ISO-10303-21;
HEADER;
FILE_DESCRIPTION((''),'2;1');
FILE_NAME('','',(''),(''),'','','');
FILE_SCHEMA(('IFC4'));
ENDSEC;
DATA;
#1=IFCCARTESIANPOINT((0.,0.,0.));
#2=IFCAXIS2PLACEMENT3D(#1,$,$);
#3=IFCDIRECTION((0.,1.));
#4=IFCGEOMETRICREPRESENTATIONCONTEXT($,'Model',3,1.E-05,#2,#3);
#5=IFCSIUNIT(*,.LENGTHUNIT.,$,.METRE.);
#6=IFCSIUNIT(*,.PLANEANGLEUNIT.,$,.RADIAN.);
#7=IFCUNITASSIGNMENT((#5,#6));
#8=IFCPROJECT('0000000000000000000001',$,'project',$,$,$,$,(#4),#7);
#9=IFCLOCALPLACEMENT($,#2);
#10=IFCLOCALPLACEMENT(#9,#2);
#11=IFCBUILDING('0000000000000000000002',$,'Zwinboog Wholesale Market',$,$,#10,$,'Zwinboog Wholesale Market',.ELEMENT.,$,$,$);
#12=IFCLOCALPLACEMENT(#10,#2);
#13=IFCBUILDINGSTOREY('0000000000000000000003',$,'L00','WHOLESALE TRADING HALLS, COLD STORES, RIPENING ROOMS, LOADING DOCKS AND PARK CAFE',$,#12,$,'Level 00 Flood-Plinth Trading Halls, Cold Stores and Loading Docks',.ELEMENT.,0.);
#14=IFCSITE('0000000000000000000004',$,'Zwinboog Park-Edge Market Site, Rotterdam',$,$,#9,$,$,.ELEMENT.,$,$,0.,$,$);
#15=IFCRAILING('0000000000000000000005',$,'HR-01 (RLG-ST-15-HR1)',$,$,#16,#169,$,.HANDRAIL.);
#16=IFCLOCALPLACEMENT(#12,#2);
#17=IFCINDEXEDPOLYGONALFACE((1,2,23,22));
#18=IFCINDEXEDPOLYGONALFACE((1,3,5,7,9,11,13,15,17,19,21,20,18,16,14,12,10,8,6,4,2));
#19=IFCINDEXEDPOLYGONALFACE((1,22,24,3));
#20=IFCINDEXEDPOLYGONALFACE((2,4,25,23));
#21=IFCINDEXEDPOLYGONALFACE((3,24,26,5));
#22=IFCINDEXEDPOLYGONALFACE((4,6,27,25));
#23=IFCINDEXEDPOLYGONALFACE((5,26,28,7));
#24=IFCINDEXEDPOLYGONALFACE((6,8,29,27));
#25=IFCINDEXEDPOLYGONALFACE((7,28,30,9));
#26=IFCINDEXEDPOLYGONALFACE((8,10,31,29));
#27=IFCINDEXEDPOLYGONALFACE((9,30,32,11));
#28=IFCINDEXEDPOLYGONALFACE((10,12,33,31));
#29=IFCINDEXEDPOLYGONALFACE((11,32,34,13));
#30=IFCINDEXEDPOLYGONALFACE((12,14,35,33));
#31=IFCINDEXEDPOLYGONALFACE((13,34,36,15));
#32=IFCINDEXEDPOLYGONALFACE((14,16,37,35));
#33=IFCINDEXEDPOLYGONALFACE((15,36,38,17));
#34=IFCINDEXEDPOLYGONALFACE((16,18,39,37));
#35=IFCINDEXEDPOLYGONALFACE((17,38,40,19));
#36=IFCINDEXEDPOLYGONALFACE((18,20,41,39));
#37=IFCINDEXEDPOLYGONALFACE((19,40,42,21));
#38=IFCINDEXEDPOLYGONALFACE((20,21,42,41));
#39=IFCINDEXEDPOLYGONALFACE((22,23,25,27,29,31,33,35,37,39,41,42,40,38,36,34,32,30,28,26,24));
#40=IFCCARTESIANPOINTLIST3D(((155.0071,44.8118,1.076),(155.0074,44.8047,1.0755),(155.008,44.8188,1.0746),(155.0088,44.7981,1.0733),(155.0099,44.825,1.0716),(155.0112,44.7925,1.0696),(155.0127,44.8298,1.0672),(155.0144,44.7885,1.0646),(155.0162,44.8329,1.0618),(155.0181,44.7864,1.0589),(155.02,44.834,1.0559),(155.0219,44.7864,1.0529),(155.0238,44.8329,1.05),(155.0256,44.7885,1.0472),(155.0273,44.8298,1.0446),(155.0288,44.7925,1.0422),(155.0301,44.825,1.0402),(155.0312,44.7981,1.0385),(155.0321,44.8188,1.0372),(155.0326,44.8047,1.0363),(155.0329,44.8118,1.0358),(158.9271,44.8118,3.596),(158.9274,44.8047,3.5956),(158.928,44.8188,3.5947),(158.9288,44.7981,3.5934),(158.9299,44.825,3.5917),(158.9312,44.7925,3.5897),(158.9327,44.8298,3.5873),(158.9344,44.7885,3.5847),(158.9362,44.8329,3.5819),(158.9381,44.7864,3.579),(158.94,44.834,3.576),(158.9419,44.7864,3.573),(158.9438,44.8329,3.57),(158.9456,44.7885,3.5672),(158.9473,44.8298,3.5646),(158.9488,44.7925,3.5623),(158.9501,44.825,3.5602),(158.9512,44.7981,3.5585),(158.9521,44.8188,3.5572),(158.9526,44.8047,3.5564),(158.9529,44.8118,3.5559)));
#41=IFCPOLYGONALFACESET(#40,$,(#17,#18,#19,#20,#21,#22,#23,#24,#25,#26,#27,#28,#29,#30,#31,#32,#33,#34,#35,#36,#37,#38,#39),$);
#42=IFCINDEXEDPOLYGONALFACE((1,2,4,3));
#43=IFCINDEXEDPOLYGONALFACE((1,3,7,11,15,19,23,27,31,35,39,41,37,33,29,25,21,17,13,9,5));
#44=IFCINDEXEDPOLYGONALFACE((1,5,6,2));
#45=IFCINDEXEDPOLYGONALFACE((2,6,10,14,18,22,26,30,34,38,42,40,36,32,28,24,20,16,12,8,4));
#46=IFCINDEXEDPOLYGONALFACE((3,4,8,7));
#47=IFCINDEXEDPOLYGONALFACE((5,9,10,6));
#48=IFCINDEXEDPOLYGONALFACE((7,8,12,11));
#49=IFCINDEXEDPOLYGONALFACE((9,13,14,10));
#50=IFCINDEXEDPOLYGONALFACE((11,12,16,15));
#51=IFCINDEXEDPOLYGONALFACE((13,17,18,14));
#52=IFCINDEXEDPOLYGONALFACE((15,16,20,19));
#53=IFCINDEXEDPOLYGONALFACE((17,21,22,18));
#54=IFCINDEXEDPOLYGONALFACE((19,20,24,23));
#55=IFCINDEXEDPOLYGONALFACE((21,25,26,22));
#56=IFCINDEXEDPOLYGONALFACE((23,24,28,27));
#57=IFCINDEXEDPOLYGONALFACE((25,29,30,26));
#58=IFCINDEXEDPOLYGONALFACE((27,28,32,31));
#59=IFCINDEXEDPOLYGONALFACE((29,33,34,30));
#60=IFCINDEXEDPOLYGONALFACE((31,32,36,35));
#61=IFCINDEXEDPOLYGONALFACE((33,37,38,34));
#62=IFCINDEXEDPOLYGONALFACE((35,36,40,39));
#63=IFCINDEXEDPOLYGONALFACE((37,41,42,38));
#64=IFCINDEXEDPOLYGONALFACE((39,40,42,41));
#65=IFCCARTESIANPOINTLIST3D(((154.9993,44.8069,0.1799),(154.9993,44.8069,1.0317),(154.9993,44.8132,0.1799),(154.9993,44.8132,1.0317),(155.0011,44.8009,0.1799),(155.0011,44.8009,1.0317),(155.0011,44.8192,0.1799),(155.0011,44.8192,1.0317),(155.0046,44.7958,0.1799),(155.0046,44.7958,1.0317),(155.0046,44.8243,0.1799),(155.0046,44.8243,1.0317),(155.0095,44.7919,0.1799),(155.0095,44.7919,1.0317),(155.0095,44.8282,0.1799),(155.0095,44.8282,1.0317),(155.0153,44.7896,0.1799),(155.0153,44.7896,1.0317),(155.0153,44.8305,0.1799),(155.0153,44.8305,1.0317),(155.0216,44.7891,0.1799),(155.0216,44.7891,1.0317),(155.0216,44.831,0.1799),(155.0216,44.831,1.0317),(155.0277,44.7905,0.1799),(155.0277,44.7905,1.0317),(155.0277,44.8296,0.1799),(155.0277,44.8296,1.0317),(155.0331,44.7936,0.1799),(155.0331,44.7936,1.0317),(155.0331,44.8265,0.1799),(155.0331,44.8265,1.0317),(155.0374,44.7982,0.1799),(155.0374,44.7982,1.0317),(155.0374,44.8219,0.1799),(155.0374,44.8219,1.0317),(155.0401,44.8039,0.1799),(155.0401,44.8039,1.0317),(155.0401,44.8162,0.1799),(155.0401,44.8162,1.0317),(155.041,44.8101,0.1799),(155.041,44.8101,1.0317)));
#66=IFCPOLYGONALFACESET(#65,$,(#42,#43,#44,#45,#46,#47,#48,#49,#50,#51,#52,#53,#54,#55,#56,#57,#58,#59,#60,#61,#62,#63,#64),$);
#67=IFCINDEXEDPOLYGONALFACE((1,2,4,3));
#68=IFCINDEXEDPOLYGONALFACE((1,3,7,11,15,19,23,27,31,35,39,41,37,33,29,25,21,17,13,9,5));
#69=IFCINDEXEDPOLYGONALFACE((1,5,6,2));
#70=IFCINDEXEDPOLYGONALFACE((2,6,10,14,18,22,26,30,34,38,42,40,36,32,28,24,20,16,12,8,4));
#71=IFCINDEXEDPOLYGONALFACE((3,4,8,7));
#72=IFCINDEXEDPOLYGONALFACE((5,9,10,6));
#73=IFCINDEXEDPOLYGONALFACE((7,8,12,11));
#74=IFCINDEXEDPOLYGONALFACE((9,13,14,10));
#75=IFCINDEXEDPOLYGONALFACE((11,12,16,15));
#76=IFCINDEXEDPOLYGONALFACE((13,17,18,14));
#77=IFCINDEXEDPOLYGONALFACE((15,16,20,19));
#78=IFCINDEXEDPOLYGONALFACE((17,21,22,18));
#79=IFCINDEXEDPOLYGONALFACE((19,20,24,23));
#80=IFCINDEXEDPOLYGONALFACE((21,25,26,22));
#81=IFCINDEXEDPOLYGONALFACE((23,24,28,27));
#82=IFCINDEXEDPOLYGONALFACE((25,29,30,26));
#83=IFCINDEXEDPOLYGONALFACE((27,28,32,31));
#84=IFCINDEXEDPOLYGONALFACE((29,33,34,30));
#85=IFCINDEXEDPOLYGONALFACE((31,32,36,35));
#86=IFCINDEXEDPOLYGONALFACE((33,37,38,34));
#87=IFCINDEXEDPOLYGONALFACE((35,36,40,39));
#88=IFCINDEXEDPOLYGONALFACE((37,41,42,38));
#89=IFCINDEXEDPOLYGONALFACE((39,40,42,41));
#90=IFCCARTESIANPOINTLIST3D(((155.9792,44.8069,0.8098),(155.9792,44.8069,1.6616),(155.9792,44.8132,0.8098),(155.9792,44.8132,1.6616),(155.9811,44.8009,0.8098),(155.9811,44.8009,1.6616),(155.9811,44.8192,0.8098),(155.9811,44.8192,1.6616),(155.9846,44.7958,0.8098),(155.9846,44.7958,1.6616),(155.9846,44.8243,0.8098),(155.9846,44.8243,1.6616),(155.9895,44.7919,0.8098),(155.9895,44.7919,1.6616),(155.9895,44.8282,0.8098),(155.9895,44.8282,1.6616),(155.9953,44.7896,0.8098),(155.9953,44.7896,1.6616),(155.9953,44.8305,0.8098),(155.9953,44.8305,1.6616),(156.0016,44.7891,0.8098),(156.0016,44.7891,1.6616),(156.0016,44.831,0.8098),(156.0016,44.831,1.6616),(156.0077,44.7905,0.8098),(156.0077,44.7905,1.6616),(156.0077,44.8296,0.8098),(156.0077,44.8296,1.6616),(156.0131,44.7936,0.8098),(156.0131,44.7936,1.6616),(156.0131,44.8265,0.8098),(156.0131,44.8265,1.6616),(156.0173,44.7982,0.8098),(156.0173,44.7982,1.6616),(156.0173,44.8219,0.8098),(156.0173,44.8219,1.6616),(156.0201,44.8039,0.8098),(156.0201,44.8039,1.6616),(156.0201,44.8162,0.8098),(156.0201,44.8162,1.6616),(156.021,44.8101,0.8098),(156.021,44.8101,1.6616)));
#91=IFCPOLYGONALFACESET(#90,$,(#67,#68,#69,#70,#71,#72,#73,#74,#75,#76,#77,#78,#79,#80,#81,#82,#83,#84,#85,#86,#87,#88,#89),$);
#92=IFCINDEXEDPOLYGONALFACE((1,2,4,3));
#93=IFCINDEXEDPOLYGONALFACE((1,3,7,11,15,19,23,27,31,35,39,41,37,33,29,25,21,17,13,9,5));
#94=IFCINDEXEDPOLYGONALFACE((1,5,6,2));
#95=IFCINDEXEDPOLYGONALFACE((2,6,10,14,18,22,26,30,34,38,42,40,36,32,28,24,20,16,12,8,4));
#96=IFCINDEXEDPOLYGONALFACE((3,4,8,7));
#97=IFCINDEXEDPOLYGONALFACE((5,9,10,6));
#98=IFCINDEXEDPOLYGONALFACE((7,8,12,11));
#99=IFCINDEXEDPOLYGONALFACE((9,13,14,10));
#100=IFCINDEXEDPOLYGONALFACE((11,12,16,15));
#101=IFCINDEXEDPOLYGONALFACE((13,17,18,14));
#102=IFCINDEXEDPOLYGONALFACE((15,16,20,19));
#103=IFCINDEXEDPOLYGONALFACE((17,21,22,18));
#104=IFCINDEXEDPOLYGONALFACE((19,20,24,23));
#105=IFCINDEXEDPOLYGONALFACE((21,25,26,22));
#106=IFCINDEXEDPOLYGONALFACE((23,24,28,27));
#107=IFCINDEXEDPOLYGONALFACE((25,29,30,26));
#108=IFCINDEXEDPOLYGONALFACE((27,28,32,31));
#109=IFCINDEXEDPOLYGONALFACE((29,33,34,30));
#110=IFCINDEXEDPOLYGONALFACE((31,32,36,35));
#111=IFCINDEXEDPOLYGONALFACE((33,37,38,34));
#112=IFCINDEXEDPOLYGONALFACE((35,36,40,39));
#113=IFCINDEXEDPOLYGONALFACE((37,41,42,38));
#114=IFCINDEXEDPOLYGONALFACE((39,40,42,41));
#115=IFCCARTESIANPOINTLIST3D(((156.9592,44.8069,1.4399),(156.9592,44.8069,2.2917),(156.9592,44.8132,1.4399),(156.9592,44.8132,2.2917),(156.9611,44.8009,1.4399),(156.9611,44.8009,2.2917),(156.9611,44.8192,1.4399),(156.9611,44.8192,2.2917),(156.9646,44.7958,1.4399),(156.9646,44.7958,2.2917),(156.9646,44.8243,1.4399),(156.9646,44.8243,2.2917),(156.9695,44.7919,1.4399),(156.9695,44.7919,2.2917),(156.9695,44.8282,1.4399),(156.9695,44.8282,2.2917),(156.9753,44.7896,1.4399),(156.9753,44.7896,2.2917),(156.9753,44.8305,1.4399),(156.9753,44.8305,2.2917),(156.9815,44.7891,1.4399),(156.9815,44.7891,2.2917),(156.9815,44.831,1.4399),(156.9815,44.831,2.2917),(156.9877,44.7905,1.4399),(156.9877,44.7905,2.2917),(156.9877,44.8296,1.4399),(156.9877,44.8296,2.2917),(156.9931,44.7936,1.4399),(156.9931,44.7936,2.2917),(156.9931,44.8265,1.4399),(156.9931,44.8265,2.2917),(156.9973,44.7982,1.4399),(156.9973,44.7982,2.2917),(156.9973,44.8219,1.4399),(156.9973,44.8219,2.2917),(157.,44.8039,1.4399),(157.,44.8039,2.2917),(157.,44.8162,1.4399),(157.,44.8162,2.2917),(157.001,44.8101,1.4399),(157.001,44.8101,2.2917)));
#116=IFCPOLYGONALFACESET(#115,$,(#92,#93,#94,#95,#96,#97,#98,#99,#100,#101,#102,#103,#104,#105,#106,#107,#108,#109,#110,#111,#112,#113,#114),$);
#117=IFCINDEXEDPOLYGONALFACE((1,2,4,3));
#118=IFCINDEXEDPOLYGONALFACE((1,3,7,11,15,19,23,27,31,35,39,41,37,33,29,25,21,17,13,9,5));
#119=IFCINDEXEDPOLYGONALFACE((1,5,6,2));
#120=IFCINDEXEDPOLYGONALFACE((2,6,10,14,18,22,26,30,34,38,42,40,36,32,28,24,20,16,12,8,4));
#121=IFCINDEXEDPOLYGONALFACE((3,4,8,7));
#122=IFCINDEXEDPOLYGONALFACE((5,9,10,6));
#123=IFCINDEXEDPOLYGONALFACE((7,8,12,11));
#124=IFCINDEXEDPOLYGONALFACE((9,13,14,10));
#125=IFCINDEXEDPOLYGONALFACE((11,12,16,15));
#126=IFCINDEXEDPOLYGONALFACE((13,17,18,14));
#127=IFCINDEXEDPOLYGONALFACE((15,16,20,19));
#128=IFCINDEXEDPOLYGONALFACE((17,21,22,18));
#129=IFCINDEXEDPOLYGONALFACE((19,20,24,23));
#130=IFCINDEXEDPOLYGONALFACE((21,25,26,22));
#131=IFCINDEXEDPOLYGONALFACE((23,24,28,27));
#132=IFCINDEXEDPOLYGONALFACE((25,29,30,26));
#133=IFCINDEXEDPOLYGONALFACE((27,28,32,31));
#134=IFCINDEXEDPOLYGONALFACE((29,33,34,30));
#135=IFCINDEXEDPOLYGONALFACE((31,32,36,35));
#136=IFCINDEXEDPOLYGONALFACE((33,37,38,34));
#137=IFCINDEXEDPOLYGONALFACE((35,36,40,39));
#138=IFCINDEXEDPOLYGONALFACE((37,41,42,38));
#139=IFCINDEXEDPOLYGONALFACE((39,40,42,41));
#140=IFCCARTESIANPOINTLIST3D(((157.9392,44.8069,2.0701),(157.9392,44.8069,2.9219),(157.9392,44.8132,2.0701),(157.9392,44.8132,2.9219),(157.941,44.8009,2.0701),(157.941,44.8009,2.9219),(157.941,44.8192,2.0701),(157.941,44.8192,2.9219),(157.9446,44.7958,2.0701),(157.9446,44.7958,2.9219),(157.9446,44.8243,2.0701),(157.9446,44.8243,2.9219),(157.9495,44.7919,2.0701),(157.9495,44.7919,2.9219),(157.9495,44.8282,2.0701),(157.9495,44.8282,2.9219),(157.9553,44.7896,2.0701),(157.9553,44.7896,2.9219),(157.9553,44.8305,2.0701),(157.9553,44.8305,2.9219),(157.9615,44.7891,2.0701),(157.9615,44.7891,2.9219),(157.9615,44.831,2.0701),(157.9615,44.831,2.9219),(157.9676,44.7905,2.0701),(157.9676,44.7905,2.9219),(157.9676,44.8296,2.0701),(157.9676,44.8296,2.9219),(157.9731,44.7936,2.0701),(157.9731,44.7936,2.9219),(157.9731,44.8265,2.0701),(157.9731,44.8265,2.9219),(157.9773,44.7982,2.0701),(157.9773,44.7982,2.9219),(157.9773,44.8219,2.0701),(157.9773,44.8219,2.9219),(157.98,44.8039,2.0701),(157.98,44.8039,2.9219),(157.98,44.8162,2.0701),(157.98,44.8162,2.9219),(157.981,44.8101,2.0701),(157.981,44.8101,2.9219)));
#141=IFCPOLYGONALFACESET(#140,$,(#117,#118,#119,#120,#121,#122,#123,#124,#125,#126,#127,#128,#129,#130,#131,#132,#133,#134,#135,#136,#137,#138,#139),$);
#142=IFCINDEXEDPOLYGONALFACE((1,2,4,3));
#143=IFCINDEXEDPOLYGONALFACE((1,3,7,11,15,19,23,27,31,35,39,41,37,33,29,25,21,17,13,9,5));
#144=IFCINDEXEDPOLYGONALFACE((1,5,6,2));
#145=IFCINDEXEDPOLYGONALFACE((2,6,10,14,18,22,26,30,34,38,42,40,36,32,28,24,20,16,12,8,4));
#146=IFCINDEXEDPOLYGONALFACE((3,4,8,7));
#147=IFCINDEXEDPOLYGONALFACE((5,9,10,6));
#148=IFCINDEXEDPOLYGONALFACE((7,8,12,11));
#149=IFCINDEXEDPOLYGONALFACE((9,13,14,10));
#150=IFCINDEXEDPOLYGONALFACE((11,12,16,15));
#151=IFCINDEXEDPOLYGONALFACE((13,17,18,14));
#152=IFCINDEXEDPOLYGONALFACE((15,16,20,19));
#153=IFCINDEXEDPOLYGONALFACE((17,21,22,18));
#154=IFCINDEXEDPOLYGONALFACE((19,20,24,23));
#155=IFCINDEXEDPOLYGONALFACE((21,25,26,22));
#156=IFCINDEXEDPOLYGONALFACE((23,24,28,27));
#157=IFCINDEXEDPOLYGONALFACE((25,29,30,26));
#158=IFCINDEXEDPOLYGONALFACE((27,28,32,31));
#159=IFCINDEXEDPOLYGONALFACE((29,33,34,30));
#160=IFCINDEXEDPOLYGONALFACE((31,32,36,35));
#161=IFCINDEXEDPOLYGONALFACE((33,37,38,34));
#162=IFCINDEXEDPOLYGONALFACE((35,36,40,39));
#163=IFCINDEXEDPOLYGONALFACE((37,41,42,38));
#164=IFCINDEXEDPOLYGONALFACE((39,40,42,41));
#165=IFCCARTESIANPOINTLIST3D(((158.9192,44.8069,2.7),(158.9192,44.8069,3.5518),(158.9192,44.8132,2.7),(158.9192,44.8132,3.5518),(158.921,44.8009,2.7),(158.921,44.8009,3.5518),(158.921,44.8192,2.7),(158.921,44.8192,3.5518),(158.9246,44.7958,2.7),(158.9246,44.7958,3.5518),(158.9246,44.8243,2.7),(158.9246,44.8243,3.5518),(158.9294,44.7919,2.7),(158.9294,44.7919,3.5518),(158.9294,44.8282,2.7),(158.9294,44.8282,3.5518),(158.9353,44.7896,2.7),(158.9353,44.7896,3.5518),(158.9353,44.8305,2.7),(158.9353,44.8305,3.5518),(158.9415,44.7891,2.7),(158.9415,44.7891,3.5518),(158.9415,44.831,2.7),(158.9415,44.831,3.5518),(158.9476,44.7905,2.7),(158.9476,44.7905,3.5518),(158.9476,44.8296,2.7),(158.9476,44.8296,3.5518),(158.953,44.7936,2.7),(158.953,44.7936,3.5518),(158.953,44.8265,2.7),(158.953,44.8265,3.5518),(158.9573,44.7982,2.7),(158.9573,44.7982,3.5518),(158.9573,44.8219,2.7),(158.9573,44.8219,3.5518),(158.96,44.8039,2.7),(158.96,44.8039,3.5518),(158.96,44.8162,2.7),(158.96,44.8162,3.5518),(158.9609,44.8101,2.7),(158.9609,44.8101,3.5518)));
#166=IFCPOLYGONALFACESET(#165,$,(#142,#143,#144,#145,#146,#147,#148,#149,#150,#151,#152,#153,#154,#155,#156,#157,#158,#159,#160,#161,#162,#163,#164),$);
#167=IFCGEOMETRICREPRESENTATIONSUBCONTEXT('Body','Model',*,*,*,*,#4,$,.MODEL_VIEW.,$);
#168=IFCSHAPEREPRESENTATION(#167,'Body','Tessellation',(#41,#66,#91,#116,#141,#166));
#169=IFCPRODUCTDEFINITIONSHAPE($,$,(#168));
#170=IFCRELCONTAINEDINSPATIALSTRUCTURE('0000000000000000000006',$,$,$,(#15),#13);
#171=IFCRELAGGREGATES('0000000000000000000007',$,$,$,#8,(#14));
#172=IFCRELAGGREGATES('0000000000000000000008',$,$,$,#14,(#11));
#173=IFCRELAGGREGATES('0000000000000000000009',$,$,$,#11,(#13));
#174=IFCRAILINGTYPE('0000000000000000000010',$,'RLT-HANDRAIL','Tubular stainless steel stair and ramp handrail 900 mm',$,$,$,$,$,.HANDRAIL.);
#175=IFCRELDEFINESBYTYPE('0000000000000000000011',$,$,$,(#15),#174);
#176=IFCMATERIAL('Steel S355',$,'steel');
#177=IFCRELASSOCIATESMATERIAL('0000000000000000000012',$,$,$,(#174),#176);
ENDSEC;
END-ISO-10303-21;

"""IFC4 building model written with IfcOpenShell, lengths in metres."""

from ifc_helpers import new_model, si_unit, direction, frame, origin, origin_2d, place, context, subcontext, project, spatial, circle, extrude, material, type_object, element, save


model = new_model("IFC4")

# Units and contexts
model_context = context("Model", 3, precision=1e-05, world=origin(), true_north=direction((0.0, 1.0)))
body_context = subcontext(model_context, "Body", "Model", "MODEL_VIEW")
ifc_project = project(units=[si_unit("LENGTHUNIT", "METRE"), si_unit("PLANEANGLEUNIT", "RADIAN")], contexts=[model_context])

# Site, building, storey
site_placement = place(None, origin())
site = spatial("IfcSite", under=ifc_project, at=site_placement, Name="Zwinboog Park-Edge Market Site, Rotterdam", CompositionType="ELEMENT", RefElevation=0.0)
building_placement = place(site_placement, origin())
building = spatial("IfcBuilding", under=site, at=building_placement, Name="Zwinboog Wholesale Market", LongName="Zwinboog Wholesale Market", CompositionType="ELEMENT")
storey_placement = place(building_placement, origin())
storey = spatial("IfcBuildingStorey", under=building, at=storey_placement, Name="L00", Description="WHOLESALE TRADING HALLS, COLD STORES, RIPENING ROOMS, LOADING DOCKS AND PARK CAFE", LongName="Level 00 Flood-Plinth Trading Halls, Cold Stores and Loading Docks", CompositionType="ELEMENT", Elevation=0.0)

# Railing
ifc_material_1 = material(Name="Steel S355", Category="steel")
railing_type_1 = type_object("IfcRailingType", Name="RLT-HANDRAIL", Description="Tubular stainless steel stair and ramp handrail 900 mm", PredefinedType="HANDRAIL", material=ifc_material_1)
railing_1_placement = place(storey_placement, frame((155.02, 44.8101, 0.1799)))
element("IfcRailing", 1, at=railing_1_placement, inside=storey, type_object=railing_type_1, Name="HR-01 (RLG-ST-15-HR1)", PredefinedType="HANDRAIL", context=body_context, shape_type="SweptSolid", body=[
    extrude(circle(Radius=0.0239, at=origin_2d()), frame((0.0, 0.0, 0.876), z_axis=(0.841172, 0.0, 0.540768), x_axis=(0.0, 1.0, 0.0)), (0.0, 0.0, 1.0), 4.6602),
    extrude(circle(Radius=0.021, at=origin_2d()), origin(), (0.0, 0.0, 1.0), 0.8518),
    extrude(circle(Radius=0.021, at=origin_2d()), frame((0.98, 0.0, 0.6299)), (0.0, 0.0, 1.0), 0.8518),
    extrude(circle(Radius=0.021, at=origin_2d()), frame((1.96, 0.0, 1.26)), (0.0, 0.0, 1.0), 0.8518),
    extrude(circle(Radius=0.021, at=origin_2d()), frame((2.9399, 0.0, 1.8901)), (0.0, 0.0, 1.0), 0.8518),
    extrude(circle(Radius=0.021, at=origin_2d()), frame((3.9199, 0.0, 2.52)), (0.0, 0.0, 1.0), 0.8518),
])

save(model, "model.ifc")
